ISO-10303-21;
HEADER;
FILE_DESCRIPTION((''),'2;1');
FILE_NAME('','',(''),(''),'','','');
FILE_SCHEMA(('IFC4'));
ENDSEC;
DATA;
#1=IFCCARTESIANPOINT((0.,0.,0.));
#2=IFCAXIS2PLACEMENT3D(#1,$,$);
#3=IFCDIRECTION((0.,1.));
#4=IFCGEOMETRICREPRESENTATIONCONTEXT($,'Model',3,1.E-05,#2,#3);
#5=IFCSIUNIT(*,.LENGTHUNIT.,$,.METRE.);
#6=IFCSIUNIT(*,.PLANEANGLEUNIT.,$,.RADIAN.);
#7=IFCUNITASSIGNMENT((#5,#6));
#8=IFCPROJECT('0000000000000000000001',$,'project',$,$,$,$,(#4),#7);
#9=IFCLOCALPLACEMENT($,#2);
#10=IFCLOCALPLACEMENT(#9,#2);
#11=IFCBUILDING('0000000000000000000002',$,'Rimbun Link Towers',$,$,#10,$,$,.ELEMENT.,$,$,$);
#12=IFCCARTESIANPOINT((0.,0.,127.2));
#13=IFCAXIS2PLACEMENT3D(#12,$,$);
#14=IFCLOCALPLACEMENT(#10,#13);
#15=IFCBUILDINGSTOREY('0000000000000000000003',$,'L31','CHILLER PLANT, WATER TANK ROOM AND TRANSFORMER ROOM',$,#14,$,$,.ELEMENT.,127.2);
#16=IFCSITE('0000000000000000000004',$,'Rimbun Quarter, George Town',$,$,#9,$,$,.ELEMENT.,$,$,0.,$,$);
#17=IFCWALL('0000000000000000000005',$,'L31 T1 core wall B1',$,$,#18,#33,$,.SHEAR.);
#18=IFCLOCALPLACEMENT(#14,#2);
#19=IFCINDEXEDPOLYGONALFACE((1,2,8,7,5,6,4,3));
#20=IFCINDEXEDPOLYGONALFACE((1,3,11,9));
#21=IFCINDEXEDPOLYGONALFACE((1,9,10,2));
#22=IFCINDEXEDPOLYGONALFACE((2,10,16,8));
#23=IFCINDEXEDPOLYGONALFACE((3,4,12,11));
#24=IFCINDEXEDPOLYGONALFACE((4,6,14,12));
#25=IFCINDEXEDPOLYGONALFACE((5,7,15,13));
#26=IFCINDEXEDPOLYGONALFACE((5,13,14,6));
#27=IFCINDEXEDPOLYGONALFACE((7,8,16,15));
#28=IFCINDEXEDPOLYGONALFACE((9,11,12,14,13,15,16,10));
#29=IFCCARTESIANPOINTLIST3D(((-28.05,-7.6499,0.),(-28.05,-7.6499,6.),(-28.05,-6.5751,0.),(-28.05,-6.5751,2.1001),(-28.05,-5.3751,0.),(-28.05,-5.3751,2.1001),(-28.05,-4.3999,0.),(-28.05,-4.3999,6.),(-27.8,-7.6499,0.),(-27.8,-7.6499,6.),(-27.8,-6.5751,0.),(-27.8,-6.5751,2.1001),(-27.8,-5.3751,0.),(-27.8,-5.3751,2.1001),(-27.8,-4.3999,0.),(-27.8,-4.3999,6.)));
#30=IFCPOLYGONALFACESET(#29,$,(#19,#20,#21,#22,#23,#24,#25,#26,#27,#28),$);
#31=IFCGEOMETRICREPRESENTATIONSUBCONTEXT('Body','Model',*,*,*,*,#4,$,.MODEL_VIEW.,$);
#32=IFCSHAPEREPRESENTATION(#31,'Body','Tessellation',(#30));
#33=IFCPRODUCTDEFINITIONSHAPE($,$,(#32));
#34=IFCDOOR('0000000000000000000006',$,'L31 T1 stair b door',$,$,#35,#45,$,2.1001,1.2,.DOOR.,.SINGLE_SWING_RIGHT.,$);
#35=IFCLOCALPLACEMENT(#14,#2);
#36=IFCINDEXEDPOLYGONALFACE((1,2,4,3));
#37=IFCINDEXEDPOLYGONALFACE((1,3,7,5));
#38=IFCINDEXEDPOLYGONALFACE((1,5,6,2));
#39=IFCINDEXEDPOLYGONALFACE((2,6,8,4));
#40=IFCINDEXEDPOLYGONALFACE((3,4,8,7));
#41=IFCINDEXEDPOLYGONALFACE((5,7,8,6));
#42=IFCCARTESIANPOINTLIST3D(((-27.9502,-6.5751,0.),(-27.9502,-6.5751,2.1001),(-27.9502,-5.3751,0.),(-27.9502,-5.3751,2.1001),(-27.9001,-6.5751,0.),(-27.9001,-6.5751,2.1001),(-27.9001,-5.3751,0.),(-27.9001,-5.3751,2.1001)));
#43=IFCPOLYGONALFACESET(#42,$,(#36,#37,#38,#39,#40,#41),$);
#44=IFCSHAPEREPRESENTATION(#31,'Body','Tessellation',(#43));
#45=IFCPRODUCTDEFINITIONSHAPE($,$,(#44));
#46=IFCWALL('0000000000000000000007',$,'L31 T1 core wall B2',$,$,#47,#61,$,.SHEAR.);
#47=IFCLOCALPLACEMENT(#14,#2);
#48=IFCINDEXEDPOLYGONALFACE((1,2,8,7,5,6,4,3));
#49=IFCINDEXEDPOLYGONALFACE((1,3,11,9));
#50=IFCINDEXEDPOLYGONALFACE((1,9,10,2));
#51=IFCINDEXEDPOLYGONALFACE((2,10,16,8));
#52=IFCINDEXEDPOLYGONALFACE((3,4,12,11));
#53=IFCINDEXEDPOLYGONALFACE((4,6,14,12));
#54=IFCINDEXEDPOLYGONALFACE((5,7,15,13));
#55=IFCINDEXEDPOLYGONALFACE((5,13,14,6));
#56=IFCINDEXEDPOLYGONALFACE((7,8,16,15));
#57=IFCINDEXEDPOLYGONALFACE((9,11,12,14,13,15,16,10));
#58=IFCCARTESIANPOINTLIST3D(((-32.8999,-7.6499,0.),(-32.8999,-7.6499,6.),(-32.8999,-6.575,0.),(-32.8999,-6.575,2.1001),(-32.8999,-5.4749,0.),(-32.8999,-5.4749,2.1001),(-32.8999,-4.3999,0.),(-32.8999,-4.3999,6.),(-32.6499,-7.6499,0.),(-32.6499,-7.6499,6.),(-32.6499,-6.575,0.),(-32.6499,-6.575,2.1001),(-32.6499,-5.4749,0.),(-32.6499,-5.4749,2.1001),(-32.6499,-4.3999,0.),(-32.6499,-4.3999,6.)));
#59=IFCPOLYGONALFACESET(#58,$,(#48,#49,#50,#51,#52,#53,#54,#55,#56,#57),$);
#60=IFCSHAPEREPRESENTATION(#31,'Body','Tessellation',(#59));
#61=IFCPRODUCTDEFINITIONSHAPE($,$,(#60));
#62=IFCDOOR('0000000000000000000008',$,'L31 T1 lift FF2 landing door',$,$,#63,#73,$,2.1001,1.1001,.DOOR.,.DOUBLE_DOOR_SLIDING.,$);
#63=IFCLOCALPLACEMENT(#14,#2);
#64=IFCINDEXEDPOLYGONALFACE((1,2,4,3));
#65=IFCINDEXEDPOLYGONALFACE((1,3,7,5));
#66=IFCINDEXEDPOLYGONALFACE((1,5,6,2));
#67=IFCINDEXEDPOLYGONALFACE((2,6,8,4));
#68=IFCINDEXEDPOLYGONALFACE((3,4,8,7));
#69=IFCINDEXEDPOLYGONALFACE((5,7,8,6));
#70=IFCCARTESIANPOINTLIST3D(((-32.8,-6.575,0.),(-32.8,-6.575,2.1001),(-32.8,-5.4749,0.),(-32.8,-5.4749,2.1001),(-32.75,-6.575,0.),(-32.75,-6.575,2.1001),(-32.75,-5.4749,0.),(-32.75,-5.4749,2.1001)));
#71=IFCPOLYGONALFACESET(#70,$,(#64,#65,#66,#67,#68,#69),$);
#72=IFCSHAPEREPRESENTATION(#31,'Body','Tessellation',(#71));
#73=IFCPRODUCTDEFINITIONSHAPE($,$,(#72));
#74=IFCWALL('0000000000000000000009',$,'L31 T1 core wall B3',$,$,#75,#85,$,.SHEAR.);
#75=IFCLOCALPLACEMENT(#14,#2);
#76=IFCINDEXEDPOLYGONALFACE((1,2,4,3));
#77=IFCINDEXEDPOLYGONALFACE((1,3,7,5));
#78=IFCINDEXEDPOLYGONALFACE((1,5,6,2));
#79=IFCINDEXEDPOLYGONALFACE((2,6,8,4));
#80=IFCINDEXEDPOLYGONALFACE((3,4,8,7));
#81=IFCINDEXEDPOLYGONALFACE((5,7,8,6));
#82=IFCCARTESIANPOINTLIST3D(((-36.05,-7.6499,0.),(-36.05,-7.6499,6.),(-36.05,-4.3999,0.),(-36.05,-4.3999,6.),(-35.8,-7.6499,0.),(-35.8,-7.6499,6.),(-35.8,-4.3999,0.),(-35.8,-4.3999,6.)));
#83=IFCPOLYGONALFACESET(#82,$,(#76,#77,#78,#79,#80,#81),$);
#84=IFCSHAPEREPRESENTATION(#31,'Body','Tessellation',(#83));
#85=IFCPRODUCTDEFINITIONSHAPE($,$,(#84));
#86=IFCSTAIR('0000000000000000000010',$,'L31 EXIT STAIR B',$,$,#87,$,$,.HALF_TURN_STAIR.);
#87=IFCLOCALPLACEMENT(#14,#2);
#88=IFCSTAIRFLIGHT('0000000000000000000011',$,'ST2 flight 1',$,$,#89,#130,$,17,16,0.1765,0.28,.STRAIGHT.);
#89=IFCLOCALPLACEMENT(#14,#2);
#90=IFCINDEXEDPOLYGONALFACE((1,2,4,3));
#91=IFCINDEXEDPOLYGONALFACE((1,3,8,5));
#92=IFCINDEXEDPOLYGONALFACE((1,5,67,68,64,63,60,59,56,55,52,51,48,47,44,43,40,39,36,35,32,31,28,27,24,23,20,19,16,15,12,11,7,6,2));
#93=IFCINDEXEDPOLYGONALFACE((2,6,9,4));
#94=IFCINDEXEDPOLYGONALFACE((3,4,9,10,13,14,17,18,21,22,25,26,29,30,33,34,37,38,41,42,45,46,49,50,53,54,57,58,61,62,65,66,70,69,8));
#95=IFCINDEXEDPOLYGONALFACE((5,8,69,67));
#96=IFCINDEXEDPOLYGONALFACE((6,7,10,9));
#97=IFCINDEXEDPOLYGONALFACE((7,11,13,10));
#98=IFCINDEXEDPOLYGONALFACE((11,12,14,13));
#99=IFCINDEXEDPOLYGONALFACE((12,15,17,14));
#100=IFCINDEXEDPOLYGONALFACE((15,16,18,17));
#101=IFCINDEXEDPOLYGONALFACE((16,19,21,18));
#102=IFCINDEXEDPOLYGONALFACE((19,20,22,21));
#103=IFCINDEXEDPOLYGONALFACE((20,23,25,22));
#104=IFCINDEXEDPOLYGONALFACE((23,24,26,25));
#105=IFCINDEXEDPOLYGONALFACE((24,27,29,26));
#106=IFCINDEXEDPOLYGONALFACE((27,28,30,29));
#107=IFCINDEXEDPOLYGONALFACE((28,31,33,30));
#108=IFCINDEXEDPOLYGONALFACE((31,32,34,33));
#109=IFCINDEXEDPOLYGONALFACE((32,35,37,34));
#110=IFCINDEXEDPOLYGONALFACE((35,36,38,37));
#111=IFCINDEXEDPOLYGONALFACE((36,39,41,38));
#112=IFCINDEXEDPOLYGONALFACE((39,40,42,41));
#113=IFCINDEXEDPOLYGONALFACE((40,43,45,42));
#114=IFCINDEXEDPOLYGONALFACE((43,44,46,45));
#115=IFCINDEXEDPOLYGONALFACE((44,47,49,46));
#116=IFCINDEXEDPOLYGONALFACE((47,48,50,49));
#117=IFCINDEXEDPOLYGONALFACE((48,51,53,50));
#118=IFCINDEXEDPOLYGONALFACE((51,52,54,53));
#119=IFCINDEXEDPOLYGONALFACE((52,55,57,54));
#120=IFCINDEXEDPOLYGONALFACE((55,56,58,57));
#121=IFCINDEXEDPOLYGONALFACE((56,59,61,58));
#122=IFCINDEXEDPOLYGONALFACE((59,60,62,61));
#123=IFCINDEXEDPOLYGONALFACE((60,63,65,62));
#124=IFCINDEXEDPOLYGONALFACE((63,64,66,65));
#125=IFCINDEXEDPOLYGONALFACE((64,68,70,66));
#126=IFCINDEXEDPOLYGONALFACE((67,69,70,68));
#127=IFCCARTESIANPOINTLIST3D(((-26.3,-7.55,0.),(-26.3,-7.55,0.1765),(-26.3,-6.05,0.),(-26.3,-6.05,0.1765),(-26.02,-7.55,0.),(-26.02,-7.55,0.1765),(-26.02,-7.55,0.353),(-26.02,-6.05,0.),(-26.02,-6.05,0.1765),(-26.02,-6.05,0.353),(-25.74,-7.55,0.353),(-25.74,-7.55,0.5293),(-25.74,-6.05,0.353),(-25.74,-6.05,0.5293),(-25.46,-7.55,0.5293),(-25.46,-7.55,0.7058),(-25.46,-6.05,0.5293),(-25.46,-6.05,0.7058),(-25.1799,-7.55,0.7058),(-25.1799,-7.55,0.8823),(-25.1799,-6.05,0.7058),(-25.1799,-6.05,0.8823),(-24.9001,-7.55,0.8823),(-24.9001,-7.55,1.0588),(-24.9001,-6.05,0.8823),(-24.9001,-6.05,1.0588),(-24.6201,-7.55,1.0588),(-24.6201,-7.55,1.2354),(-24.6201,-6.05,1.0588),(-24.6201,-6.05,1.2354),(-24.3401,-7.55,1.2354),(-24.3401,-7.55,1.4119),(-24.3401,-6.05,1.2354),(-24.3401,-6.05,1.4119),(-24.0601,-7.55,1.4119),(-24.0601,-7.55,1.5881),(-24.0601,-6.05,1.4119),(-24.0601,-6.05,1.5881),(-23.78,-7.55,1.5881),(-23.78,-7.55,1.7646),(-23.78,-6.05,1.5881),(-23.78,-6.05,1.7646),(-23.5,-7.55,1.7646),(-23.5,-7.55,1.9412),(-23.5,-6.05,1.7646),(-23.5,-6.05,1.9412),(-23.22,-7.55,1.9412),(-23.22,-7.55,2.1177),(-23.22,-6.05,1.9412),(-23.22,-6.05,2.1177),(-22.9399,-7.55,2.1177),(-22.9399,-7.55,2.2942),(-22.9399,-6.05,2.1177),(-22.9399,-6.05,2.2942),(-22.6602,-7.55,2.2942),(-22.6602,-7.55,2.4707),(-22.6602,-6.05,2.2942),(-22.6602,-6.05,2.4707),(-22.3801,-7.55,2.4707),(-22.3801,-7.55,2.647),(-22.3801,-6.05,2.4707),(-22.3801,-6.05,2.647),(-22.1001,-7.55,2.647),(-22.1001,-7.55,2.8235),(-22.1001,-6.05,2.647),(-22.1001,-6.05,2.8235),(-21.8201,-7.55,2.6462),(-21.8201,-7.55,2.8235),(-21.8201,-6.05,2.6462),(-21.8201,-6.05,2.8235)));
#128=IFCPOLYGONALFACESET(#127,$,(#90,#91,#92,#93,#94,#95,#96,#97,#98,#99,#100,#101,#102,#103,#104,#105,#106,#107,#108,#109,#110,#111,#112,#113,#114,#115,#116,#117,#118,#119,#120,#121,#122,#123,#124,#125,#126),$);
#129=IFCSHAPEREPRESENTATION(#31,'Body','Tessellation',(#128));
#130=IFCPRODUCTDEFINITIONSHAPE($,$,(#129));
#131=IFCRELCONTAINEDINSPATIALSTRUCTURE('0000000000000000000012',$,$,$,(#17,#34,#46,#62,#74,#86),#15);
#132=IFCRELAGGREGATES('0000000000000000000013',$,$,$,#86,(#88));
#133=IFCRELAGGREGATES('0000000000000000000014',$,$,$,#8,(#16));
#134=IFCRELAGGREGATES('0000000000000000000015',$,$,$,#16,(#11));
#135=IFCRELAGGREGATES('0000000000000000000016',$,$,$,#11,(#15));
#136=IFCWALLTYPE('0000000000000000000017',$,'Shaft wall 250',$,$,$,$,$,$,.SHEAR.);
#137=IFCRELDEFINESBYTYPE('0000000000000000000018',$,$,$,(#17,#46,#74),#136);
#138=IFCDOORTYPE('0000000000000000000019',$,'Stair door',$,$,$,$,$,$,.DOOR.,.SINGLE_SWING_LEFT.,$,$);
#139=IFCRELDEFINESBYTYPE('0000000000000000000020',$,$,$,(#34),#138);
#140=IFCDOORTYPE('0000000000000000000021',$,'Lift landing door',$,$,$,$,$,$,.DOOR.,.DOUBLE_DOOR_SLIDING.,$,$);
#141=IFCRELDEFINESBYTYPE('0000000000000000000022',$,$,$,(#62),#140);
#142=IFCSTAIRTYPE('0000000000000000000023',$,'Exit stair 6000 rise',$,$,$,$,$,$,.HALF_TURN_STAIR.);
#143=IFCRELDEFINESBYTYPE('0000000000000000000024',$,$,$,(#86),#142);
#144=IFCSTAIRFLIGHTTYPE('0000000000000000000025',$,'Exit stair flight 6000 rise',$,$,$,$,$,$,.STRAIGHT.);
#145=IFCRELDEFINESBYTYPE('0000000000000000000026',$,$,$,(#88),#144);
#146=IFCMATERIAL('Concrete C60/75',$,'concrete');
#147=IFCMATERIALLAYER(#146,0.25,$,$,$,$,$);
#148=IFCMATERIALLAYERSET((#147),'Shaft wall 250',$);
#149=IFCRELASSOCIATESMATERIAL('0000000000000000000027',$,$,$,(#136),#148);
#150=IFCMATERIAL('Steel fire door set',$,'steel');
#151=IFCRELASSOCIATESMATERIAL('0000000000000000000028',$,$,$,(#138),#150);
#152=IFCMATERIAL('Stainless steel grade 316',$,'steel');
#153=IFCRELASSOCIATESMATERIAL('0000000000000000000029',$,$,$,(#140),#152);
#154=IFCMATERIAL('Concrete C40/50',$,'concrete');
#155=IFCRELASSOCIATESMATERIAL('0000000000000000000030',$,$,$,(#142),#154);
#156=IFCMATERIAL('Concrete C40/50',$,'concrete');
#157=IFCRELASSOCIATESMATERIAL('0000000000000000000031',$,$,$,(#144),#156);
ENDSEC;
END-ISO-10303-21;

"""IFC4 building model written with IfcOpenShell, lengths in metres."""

from ifc_helpers import new_model, si_unit, direction, frame, frame_2d, origin, place, context, subcontext, project, spatial, polyline, rectangle, outline, extrude, material, layer, layer_set, type_object, element, fill, aggregate, save


model = new_model("IFC4")

# Units and contexts
model_context = context("Model", 3, precision=1e-05, world=origin(), true_north=direction((0.0, 1.0)))
body_context = subcontext(model_context, "Body", "Model", "MODEL_VIEW")
ifc_project = project(units=[si_unit("LENGTHUNIT", "METRE"), si_unit("PLANEANGLEUNIT", "RADIAN")], contexts=[model_context])

# Site, building, storey
site_placement = place(None, origin())
site = spatial("IfcSite", under=ifc_project, at=site_placement, Name="Rimbun Quarter, George Town", CompositionType="ELEMENT", RefElevation=0.0)
building_placement = place(site_placement, origin())
building = spatial("IfcBuilding", under=site, at=building_placement, Name="Rimbun Link Towers", CompositionType="ELEMENT")
storey_placement = place(building_placement, frame((0.0, 0.0, 127.2)))
storey = spatial("IfcBuildingStorey", under=building, at=storey_placement, Name="L31", Description="CHILLER PLANT, WATER TANK ROOM AND TRANSFORMER ROOM", CompositionType="ELEMENT", Elevation=127.2)

# Shared definitions
ifc_material_1 = material(Name="Concrete C60/75", Category="concrete")
ifc_layer_1 = layer(ifc_material_1, 0.25)
ifc_layer_set_1 = layer_set([ifc_layer_1], Name="Shaft wall 250")
wall_type_1 = type_object("IfcWallType", Name="Shaft wall 250", PredefinedType="SHEAR", material=ifc_layer_set_1)

# Walls, openings, doors
wall_1_placement = place(storey_placement, frame((-27.925, -4.3999, 0.0), z_axis=(0.0, 0.0, 1.0), x_axis=(0.0, -1.0, 0.0)))
wall_1 = element("IfcWall", 1, at=wall_1_placement, inside=storey, type_object=wall_type_1, Name="L31 T1 core wall B1", PredefinedType="SHEAR", context=body_context, shape_type="SweptSolid", body=[
    extrude(rectangle(XDim=3.25, YDim=0.25, at=frame_2d((1.625, 0.0))), origin(), (0.0, 0.0, 1.0), 6.0),
])
opening_1_placement = place(wall_1_placement, frame((0.9751, 0.0, 0.0)))
opening_1 = element("IfcOpeningElement", 2, at=opening_1_placement, cuts=wall_1, PredefinedType="OPENING", context=body_context, shape_type="SweptSolid", body=[
    extrude(rectangle(XDim=1.2, YDim=2.1001, at=frame_2d((0.6001, 1.05))), frame((0.0, 0.135, 0.0), z_axis=(0.0, -1.0, 0.0), x_axis=(1.0, 0.0, 0.0)), (0.0, 0.0, 1.0), 0.27),
])
ifc_material_2 = material(Name="Steel fire door set", Category="steel")
door_type_1 = type_object("IfcDoorType", Name="Stair door", OperationType="SINGLE_SWING_LEFT", PredefinedType="DOOR", material=ifc_material_2)
door_1_placement = place(opening_1_placement, origin())
door_1 = element("IfcDoor", 3, at=door_1_placement, inside=storey, type_object=door_type_1, Name="L31 T1 stair b door", OperationType="SINGLE_SWING_RIGHT", OverallHeight=2.1001, OverallWidth=1.2, PredefinedType="DOOR", context=body_context, shape_type="SweptSolid", body=[
    extrude(rectangle(XDim=1.2, YDim=2.1001, at=frame_2d((0.6001, 1.05))), frame((0.0, 0.0249, 0.0), z_axis=(0.0, -1.0, 0.0), x_axis=(1.0, 0.0, 0.0)), (0.0, 0.0, 1.0), 0.05),
])
fill(opening_1, door_1)
wall_2_placement = place(storey_placement, frame((-32.7749, -4.3999, 0.0), z_axis=(0.0, 0.0, 1.0), x_axis=(0.0, -1.0, 0.0)))
wall_2 = element("IfcWall", 4, at=wall_2_placement, inside=storey, type_object=wall_type_1, Name="L31 T1 core wall B2", PredefinedType="SHEAR", context=body_context, shape_type="SweptSolid", body=[
    extrude(rectangle(XDim=3.25, YDim=0.25, at=frame_2d((1.625, 0.0))), origin(), (0.0, 0.0, 1.0), 6.0),
])
opening_2_placement = place(wall_2_placement, frame((1.075, 0.0, 0.0)))
opening_2 = element("IfcOpeningElement", 5, at=opening_2_placement, cuts=wall_2, PredefinedType="OPENING", context=body_context, shape_type="SweptSolid", body=[
    extrude(rectangle(XDim=1.1001, YDim=2.1001, at=frame_2d((0.55, 1.05))), frame((0.0, 0.135, 0.0), z_axis=(0.0, -1.0, 0.0), x_axis=(1.0, 0.0, 0.0)), (0.0, 0.0, 1.0), 0.27),
])
ifc_material_3 = material(Name="Stainless steel grade 316", Category="steel")
door_type_2 = type_object("IfcDoorType", Name="Lift landing door", OperationType="DOUBLE_DOOR_SLIDING", PredefinedType="DOOR", material=ifc_material_3)
door_2_placement = place(opening_2_placement, origin())
door_2 = element("IfcDoor", 6, at=door_2_placement, inside=storey, type_object=door_type_2, Name="L31 T1 lift FF2 landing door", OperationType="DOUBLE_DOOR_SLIDING", OverallHeight=2.1001, OverallWidth=1.1001, PredefinedType="DOOR", context=body_context, shape_type="SweptSolid", body=[
    extrude(rectangle(XDim=1.1001, YDim=2.1001, at=frame_2d((0.55, 1.05))), frame((0.0, 0.0249, 0.0), z_axis=(0.0, -1.0, 0.0), x_axis=(1.0, 0.0, 0.0)), (0.0, 0.0, 1.0), 0.05),
])
fill(opening_2, door_2)

# Wall
wall_3_placement = place(storey_placement, frame((-35.925, -4.3999, 0.0), z_axis=(0.0, 0.0, 1.0), x_axis=(0.0, -1.0, 0.0)))
element("IfcWall", 7, at=wall_3_placement, inside=storey, type_object=wall_type_1, Name="L31 T1 core wall B3", PredefinedType="SHEAR", context=body_context, shape_type="SweptSolid", body=[
    extrude(rectangle(XDim=3.25, YDim=0.25, at=frame_2d((1.625, 0.0))), origin(), (0.0, 0.0, 1.0), 6.0),
])

# Stair, stair flight
ifc_material_4 = material(Name="Concrete C40/50", Category="concrete")
stair_type = type_object("IfcStairType", Name="Exit stair 6000 rise", PredefinedType="HALF_TURN_STAIR", material=ifc_material_4)
stair_placement = place(storey_placement, origin())
stair = element("IfcStair", 8, at=stair_placement, inside=storey, type_object=stair_type, Name="L31 EXIT STAIR B", PredefinedType="HALF_TURN_STAIR")
ifc_material_5 = material(Name="Concrete C40/50", Category="concrete")
stair_flight_type = type_object("IfcStairFlightType", Name="Exit stair flight 6000 rise", PredefinedType="STRAIGHT", material=ifc_material_5)
stair_flight_placement = place(storey_placement, frame((-26.3, -6.8, 0.0), z_axis=(0.0, 0.0, 1.0), x_axis=(1.0, 0.0, 0.0)))
stair_flight = element("IfcStairFlight", 9, at=stair_flight_placement, type_object=stair_flight_type, Name="ST2 flight 1", NumberOfRisers=17, NumberOfTreads=16, PredefinedType="STRAIGHT", RiserHeight=0.1765, TreadLength=0.28, context=body_context, shape_type="SweptSolid", body=[
    extrude(outline(polyline([(0.0, 0.0), (0.0, 0.1765), (0.28, 0.1765), (0.28, 0.353), (0.5601, 0.353), (0.5601, 0.5293), (0.8401, 0.5293), (0.8401, 0.7058), (1.1201, 0.7058), (1.1201, 0.8823), (1.3999, 0.8823), (1.3999, 1.0588), (1.6799, 1.0588), (1.6799, 1.2354), (1.96, 1.2354), (1.96, 1.4119), (2.24, 1.4119), (2.24, 1.5881), (2.52, 1.5881), (2.52, 1.7646), (2.8, 1.7646), (2.8, 1.9412), (3.0801, 1.9412), (3.0801, 2.1177), (3.3601, 2.1177), (3.3601, 2.2942), (3.6399, 2.2942), (3.6399, 2.4707), (3.9199, 2.4707), (3.9199, 2.647), (4.2, 2.647), (4.2, 2.8235), (4.48, 2.8235), (4.48, 3.0), (4.48, 2.6462), (0.28, 0.0), (0.0, 0.0)])), frame((0.0, 0.75, 0.0), z_axis=(0.0, -1.0, 0.0), x_axis=(1.0, 0.0, 0.0)), (0.0, 0.0, 1.0), 1.5),
])
aggregate(stair, [stair_flight])

save(model, "model.ifc")
